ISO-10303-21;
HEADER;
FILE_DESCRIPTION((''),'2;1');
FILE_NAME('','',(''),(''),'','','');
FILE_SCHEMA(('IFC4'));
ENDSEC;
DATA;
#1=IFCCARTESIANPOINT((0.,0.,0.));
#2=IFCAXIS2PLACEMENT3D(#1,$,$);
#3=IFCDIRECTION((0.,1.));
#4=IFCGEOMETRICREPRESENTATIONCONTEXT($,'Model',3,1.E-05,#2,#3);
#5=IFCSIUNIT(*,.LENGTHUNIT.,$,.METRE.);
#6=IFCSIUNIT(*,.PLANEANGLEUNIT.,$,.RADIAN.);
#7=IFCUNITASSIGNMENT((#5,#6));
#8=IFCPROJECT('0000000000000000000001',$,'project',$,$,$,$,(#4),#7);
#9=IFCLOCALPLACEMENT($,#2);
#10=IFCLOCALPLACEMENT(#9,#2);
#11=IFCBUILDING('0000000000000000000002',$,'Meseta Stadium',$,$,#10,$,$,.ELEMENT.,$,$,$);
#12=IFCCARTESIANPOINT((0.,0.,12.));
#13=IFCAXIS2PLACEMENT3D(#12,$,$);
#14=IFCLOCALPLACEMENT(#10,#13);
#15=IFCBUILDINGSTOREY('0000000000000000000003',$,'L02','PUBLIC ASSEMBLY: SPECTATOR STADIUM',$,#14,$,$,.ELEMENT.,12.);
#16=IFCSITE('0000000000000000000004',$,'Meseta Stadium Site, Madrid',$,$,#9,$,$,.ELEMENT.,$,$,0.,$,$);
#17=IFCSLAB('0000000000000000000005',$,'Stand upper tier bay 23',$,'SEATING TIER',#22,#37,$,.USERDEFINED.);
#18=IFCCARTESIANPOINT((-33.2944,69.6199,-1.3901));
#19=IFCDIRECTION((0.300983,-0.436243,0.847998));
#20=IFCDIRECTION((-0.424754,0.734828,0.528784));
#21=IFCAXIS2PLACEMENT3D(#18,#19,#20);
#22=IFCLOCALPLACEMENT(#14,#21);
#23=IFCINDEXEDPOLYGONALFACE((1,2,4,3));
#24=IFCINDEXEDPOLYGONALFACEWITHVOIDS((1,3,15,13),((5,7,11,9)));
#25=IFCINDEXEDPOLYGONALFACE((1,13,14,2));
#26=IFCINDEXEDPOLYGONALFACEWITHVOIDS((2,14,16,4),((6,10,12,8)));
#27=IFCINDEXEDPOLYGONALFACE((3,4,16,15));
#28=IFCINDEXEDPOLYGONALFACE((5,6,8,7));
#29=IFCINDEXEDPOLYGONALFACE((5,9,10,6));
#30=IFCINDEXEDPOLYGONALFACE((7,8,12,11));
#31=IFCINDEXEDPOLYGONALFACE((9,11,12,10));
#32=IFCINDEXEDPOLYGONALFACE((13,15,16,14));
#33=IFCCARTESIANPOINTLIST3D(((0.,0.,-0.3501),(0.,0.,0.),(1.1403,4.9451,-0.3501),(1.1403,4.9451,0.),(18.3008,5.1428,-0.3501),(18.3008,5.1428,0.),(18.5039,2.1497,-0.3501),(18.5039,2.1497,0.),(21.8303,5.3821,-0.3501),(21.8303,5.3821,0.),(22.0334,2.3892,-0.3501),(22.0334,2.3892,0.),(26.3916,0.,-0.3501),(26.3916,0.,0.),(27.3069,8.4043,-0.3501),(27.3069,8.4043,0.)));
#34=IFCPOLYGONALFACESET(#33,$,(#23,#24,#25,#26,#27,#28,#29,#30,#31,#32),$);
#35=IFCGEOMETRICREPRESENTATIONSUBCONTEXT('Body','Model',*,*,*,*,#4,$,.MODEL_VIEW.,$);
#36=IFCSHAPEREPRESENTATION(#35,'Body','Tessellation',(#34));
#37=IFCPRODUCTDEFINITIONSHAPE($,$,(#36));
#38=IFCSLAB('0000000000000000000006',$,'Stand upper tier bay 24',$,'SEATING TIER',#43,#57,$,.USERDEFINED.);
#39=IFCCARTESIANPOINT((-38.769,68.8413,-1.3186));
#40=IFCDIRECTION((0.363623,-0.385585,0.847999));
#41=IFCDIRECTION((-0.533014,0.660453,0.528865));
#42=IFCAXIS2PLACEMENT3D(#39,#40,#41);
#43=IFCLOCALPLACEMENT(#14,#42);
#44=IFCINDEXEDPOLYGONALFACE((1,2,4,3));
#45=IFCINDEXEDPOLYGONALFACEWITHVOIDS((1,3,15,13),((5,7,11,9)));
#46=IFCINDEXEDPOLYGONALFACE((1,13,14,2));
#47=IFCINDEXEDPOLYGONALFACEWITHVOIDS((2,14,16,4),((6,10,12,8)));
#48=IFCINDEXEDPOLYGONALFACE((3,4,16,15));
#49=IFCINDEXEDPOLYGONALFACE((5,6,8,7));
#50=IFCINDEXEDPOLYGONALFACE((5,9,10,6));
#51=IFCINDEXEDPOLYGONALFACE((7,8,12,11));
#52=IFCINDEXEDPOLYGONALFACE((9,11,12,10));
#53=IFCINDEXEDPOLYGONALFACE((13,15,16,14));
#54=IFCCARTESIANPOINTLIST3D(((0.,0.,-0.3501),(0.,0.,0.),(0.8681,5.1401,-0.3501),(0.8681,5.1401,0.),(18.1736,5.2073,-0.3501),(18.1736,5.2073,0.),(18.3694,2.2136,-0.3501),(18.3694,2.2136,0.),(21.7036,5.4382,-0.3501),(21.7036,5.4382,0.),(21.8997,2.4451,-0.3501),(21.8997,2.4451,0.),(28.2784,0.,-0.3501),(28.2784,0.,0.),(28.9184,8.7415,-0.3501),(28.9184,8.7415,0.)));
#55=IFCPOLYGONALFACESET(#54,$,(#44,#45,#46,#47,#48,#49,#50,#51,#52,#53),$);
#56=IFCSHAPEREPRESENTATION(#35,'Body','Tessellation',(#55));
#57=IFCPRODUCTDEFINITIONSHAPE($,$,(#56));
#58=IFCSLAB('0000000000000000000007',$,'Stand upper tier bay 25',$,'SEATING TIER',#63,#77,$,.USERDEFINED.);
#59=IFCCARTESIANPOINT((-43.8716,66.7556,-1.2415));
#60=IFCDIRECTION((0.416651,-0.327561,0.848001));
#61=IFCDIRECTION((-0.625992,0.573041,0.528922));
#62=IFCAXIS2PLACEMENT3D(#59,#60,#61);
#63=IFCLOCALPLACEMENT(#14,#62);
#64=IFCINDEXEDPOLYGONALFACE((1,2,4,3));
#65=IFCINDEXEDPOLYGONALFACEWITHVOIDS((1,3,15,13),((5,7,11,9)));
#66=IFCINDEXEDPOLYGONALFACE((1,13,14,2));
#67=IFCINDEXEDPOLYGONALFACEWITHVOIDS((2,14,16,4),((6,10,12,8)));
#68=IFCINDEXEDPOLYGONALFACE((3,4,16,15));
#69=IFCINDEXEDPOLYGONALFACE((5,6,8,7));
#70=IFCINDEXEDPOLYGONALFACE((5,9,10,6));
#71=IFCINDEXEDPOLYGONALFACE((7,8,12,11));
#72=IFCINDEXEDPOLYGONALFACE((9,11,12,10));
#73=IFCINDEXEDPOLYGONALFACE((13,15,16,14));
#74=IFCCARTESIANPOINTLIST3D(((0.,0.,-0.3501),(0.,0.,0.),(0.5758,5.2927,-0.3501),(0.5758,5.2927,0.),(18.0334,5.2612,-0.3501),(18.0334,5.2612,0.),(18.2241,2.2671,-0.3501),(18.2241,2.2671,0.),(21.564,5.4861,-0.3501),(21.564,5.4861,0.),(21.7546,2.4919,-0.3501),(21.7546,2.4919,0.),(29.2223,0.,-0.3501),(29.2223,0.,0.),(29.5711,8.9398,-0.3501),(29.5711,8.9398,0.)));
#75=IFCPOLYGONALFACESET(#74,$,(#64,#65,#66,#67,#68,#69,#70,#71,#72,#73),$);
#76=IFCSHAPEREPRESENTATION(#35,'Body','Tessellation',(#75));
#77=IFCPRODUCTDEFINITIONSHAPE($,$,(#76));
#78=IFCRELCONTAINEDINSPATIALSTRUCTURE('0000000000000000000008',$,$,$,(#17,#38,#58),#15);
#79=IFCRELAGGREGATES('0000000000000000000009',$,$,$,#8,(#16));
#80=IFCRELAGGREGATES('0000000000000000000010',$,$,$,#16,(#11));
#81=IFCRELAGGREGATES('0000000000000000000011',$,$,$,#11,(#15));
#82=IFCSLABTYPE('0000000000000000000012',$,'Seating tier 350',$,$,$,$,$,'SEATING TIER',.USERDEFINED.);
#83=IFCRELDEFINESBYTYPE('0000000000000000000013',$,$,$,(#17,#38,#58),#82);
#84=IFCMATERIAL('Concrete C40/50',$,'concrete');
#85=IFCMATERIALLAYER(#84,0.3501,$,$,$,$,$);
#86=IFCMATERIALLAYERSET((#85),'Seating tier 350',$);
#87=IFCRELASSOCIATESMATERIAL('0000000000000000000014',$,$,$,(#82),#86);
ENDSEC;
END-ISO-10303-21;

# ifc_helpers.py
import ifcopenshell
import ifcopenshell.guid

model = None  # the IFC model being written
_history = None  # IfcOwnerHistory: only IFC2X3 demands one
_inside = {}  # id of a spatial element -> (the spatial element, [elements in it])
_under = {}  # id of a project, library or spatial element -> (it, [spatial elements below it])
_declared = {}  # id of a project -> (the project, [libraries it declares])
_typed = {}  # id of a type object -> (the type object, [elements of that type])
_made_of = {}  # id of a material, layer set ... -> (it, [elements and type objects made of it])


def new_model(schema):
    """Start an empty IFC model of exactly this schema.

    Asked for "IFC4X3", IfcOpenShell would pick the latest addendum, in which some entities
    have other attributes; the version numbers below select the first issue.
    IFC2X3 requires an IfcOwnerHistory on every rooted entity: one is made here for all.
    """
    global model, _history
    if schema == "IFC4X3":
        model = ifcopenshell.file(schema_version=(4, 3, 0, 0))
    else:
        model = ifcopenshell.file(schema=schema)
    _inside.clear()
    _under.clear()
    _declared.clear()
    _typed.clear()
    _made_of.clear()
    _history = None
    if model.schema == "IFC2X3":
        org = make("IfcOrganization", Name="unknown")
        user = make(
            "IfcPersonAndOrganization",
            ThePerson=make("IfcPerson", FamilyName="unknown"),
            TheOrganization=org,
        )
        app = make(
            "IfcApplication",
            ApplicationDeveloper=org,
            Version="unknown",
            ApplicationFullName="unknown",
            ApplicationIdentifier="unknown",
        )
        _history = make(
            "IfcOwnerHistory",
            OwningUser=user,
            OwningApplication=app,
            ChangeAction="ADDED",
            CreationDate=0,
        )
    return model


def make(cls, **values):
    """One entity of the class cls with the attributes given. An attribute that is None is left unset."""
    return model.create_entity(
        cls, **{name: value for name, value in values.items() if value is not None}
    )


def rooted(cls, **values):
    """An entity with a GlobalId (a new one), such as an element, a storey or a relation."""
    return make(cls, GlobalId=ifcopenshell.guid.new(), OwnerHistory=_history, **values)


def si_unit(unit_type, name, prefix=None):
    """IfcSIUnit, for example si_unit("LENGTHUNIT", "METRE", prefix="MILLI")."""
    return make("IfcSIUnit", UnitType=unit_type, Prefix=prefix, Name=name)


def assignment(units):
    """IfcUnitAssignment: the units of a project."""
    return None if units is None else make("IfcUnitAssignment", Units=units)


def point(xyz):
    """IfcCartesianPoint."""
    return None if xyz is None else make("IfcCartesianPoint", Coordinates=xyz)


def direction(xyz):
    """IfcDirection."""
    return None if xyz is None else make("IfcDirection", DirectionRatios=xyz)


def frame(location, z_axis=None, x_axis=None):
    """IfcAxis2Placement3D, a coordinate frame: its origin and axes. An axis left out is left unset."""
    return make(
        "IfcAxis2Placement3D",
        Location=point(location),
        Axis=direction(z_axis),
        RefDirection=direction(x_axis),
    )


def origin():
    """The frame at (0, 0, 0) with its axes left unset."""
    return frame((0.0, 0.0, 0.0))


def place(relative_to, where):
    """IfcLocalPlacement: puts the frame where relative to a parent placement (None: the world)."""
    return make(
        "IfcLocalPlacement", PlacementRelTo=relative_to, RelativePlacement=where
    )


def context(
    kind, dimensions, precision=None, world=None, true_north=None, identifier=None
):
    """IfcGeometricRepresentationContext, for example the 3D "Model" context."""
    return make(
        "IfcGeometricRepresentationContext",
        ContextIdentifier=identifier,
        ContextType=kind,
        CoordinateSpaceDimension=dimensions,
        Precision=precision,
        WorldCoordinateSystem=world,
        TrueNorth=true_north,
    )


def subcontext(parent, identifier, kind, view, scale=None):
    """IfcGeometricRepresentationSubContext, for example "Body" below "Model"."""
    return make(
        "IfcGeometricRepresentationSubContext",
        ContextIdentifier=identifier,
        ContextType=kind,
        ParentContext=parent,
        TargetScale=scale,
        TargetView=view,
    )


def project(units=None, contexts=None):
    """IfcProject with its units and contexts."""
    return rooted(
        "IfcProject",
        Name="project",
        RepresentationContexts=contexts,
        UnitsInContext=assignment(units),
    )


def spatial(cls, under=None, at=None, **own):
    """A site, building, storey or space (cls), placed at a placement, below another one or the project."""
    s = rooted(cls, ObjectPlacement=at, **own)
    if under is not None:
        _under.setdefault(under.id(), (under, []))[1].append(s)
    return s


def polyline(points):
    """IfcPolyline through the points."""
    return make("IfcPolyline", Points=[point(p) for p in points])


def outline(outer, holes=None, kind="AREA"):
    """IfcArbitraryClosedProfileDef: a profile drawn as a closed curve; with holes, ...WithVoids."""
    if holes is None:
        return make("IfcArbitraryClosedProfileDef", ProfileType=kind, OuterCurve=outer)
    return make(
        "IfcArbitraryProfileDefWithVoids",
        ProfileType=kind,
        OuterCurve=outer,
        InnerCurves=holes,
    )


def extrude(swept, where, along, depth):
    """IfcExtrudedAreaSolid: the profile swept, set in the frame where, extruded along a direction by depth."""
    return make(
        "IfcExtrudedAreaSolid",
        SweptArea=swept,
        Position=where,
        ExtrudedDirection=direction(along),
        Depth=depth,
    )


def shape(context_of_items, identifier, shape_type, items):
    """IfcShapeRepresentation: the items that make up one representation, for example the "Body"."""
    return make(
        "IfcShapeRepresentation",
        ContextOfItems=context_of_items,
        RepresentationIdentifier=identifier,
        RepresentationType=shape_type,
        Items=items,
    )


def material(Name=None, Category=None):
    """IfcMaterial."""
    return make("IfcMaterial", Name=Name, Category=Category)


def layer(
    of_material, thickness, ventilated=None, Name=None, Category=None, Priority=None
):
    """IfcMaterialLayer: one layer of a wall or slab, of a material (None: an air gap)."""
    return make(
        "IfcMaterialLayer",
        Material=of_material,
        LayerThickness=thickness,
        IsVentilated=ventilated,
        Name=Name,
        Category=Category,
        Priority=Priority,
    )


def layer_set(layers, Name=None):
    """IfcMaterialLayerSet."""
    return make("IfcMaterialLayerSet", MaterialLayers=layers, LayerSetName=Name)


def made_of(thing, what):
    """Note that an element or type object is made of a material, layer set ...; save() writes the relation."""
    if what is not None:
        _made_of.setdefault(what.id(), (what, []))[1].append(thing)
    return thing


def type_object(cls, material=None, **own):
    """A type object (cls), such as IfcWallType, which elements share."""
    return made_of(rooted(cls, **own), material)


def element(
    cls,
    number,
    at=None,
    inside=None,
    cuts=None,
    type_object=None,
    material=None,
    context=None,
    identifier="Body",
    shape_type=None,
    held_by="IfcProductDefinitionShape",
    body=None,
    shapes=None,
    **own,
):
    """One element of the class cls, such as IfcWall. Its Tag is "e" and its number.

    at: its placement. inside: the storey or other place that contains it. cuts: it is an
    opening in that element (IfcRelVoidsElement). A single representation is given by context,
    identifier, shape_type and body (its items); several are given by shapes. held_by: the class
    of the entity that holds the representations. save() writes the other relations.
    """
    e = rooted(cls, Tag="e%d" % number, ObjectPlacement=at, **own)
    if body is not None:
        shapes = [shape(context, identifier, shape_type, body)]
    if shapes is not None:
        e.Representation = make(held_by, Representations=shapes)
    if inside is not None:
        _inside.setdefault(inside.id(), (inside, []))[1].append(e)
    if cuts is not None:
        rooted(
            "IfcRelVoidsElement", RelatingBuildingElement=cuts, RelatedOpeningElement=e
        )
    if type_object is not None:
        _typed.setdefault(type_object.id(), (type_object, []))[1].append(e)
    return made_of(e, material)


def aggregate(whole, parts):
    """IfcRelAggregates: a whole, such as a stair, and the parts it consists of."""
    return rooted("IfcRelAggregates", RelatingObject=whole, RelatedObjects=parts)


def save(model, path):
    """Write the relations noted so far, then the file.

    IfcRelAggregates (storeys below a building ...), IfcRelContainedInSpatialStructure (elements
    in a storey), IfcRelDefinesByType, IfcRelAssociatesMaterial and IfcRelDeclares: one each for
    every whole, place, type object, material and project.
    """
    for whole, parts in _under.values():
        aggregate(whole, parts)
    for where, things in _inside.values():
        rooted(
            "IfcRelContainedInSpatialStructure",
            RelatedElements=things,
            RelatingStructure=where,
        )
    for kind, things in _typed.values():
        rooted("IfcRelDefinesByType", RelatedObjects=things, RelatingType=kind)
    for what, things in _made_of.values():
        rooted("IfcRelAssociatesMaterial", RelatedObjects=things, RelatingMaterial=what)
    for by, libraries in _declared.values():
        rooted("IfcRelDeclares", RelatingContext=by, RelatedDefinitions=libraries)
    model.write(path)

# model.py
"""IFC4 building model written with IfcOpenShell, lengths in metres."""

from ifc_helpers import new_model, si_unit, direction, frame, origin, place, context, subcontext, project, spatial, polyline, outline, extrude, material, layer, layer_set, type_object, element, save


model = new_model("IFC4")

# Units and contexts
model_context = context("Model", 3, precision=1e-05, world=origin(), true_north=direction((0.0, 1.0)))
body_context = subcontext(model_context, "Body", "Model", "MODEL_VIEW")
ifc_project = project(units=[si_unit("LENGTHUNIT", "METRE"), si_unit("PLANEANGLEUNIT", "RADIAN")], contexts=[model_context])

# Site, building, storey
site_placement = place(None, origin())
site = spatial("IfcSite", under=ifc_project, at=site_placement, Name="Meseta Stadium Site, Madrid", CompositionType="ELEMENT", RefElevation=0.0)
building_placement = place(site_placement, origin())
building = spatial("IfcBuilding", under=site, at=building_placement, Name="Meseta Stadium", CompositionType="ELEMENT")
storey_placement = place(building_placement, frame((0.0, 0.0, 12.0)))
storey = spatial("IfcBuildingStorey", under=building, at=storey_placement, Name="L02", Description="PUBLIC ASSEMBLY: SPECTATOR STADIUM", CompositionType="ELEMENT", Elevation=12.0)

# Slabs
ifc_material_1 = material(Name="Concrete C40/50", Category="concrete")
ifc_layer_1 = layer(ifc_material_1, 0.3501)
ifc_layer_set_1 = layer_set([ifc_layer_1], Name="Seating tier 350")
slab_type = type_object("IfcSlabType", Name="Seating tier 350", ElementType="SEATING TIER", PredefinedType="USERDEFINED", material=ifc_layer_set_1)
slab_1_placement = place(storey_placement, frame((-33.2944, 69.6199, -1.3901), z_axis=(0.300983, -0.436243, 0.847998), x_axis=(-0.424754, 0.734828, 0.528784)))
element("IfcSlab", 1, at=slab_1_placement, inside=storey, type_object=slab_type, Name="Stand upper tier bay 23", ObjectType="SEATING TIER", PredefinedType="USERDEFINED", context=body_context, shape_type="SweptSolid", body=[
    extrude(outline(polyline([(0.0, 0.0), (26.3916, 0.0), (27.3069, 8.4043), (1.1403, 4.9451), (0.0, 0.0)]), holes=[polyline([(18.5039, 2.1497), (22.0334, 2.3892), (21.8303, 5.3821), (18.3008, 5.1428), (18.5039, 2.1497)])]), origin(), (0.0, 0.0, -1.0), 0.3501),
])
slab_2_placement = place(storey_placement, frame((-38.769, 68.8413, -1.3186), z_axis=(0.363623, -0.385585, 0.847999), x_axis=(-0.533014, 0.660453, 0.528865)))
element("IfcSlab", 2, at=slab_2_placement, inside=storey, type_object=slab_type, Name="Stand upper tier bay 24", ObjectType="SEATING TIER", PredefinedType="USERDEFINED", context=body_context, shape_type="SweptSolid", body=[
    extrude(outline(polyline([(0.0, 0.0), (28.2784, 0.0), (28.9184, 8.7415), (0.8681, 5.1401), (0.0, 0.0)]), holes=[polyline([(18.3694, 2.2136), (21.8997, 2.4451), (21.7036, 5.4382), (18.1736, 5.2073), (18.3694, 2.2136)])]), origin(), (0.0, 0.0, -1.0), 0.3501),
])
slab_3_placement = place(storey_placement, frame((-43.8716, 66.7556, -1.2415), z_axis=(0.416651, -0.327561, 0.848001), x_axis=(-0.625992, 0.573041, 0.528922)))
element("IfcSlab", 3, at=slab_3_placement, inside=storey, type_object=slab_type, Name="Stand upper tier bay 25", ObjectType="SEATING TIER", PredefinedType="USERDEFINED", context=body_context, shape_type="SweptSolid", body=[
    extrude(outline(polyline([(0.0, 0.0), (29.2223, 0.0), (29.5711, 8.9398), (0.5758, 5.2927), (0.0, 0.0)]), holes=[polyline([(18.2241, 2.2671), (21.7546, 2.4919), (21.564, 5.4861), (18.0334, 5.2612), (18.2241, 2.2671)])]), origin(), (0.0, 0.0, -1.0), 0.3501),
])

save(model, "model.ifc")
